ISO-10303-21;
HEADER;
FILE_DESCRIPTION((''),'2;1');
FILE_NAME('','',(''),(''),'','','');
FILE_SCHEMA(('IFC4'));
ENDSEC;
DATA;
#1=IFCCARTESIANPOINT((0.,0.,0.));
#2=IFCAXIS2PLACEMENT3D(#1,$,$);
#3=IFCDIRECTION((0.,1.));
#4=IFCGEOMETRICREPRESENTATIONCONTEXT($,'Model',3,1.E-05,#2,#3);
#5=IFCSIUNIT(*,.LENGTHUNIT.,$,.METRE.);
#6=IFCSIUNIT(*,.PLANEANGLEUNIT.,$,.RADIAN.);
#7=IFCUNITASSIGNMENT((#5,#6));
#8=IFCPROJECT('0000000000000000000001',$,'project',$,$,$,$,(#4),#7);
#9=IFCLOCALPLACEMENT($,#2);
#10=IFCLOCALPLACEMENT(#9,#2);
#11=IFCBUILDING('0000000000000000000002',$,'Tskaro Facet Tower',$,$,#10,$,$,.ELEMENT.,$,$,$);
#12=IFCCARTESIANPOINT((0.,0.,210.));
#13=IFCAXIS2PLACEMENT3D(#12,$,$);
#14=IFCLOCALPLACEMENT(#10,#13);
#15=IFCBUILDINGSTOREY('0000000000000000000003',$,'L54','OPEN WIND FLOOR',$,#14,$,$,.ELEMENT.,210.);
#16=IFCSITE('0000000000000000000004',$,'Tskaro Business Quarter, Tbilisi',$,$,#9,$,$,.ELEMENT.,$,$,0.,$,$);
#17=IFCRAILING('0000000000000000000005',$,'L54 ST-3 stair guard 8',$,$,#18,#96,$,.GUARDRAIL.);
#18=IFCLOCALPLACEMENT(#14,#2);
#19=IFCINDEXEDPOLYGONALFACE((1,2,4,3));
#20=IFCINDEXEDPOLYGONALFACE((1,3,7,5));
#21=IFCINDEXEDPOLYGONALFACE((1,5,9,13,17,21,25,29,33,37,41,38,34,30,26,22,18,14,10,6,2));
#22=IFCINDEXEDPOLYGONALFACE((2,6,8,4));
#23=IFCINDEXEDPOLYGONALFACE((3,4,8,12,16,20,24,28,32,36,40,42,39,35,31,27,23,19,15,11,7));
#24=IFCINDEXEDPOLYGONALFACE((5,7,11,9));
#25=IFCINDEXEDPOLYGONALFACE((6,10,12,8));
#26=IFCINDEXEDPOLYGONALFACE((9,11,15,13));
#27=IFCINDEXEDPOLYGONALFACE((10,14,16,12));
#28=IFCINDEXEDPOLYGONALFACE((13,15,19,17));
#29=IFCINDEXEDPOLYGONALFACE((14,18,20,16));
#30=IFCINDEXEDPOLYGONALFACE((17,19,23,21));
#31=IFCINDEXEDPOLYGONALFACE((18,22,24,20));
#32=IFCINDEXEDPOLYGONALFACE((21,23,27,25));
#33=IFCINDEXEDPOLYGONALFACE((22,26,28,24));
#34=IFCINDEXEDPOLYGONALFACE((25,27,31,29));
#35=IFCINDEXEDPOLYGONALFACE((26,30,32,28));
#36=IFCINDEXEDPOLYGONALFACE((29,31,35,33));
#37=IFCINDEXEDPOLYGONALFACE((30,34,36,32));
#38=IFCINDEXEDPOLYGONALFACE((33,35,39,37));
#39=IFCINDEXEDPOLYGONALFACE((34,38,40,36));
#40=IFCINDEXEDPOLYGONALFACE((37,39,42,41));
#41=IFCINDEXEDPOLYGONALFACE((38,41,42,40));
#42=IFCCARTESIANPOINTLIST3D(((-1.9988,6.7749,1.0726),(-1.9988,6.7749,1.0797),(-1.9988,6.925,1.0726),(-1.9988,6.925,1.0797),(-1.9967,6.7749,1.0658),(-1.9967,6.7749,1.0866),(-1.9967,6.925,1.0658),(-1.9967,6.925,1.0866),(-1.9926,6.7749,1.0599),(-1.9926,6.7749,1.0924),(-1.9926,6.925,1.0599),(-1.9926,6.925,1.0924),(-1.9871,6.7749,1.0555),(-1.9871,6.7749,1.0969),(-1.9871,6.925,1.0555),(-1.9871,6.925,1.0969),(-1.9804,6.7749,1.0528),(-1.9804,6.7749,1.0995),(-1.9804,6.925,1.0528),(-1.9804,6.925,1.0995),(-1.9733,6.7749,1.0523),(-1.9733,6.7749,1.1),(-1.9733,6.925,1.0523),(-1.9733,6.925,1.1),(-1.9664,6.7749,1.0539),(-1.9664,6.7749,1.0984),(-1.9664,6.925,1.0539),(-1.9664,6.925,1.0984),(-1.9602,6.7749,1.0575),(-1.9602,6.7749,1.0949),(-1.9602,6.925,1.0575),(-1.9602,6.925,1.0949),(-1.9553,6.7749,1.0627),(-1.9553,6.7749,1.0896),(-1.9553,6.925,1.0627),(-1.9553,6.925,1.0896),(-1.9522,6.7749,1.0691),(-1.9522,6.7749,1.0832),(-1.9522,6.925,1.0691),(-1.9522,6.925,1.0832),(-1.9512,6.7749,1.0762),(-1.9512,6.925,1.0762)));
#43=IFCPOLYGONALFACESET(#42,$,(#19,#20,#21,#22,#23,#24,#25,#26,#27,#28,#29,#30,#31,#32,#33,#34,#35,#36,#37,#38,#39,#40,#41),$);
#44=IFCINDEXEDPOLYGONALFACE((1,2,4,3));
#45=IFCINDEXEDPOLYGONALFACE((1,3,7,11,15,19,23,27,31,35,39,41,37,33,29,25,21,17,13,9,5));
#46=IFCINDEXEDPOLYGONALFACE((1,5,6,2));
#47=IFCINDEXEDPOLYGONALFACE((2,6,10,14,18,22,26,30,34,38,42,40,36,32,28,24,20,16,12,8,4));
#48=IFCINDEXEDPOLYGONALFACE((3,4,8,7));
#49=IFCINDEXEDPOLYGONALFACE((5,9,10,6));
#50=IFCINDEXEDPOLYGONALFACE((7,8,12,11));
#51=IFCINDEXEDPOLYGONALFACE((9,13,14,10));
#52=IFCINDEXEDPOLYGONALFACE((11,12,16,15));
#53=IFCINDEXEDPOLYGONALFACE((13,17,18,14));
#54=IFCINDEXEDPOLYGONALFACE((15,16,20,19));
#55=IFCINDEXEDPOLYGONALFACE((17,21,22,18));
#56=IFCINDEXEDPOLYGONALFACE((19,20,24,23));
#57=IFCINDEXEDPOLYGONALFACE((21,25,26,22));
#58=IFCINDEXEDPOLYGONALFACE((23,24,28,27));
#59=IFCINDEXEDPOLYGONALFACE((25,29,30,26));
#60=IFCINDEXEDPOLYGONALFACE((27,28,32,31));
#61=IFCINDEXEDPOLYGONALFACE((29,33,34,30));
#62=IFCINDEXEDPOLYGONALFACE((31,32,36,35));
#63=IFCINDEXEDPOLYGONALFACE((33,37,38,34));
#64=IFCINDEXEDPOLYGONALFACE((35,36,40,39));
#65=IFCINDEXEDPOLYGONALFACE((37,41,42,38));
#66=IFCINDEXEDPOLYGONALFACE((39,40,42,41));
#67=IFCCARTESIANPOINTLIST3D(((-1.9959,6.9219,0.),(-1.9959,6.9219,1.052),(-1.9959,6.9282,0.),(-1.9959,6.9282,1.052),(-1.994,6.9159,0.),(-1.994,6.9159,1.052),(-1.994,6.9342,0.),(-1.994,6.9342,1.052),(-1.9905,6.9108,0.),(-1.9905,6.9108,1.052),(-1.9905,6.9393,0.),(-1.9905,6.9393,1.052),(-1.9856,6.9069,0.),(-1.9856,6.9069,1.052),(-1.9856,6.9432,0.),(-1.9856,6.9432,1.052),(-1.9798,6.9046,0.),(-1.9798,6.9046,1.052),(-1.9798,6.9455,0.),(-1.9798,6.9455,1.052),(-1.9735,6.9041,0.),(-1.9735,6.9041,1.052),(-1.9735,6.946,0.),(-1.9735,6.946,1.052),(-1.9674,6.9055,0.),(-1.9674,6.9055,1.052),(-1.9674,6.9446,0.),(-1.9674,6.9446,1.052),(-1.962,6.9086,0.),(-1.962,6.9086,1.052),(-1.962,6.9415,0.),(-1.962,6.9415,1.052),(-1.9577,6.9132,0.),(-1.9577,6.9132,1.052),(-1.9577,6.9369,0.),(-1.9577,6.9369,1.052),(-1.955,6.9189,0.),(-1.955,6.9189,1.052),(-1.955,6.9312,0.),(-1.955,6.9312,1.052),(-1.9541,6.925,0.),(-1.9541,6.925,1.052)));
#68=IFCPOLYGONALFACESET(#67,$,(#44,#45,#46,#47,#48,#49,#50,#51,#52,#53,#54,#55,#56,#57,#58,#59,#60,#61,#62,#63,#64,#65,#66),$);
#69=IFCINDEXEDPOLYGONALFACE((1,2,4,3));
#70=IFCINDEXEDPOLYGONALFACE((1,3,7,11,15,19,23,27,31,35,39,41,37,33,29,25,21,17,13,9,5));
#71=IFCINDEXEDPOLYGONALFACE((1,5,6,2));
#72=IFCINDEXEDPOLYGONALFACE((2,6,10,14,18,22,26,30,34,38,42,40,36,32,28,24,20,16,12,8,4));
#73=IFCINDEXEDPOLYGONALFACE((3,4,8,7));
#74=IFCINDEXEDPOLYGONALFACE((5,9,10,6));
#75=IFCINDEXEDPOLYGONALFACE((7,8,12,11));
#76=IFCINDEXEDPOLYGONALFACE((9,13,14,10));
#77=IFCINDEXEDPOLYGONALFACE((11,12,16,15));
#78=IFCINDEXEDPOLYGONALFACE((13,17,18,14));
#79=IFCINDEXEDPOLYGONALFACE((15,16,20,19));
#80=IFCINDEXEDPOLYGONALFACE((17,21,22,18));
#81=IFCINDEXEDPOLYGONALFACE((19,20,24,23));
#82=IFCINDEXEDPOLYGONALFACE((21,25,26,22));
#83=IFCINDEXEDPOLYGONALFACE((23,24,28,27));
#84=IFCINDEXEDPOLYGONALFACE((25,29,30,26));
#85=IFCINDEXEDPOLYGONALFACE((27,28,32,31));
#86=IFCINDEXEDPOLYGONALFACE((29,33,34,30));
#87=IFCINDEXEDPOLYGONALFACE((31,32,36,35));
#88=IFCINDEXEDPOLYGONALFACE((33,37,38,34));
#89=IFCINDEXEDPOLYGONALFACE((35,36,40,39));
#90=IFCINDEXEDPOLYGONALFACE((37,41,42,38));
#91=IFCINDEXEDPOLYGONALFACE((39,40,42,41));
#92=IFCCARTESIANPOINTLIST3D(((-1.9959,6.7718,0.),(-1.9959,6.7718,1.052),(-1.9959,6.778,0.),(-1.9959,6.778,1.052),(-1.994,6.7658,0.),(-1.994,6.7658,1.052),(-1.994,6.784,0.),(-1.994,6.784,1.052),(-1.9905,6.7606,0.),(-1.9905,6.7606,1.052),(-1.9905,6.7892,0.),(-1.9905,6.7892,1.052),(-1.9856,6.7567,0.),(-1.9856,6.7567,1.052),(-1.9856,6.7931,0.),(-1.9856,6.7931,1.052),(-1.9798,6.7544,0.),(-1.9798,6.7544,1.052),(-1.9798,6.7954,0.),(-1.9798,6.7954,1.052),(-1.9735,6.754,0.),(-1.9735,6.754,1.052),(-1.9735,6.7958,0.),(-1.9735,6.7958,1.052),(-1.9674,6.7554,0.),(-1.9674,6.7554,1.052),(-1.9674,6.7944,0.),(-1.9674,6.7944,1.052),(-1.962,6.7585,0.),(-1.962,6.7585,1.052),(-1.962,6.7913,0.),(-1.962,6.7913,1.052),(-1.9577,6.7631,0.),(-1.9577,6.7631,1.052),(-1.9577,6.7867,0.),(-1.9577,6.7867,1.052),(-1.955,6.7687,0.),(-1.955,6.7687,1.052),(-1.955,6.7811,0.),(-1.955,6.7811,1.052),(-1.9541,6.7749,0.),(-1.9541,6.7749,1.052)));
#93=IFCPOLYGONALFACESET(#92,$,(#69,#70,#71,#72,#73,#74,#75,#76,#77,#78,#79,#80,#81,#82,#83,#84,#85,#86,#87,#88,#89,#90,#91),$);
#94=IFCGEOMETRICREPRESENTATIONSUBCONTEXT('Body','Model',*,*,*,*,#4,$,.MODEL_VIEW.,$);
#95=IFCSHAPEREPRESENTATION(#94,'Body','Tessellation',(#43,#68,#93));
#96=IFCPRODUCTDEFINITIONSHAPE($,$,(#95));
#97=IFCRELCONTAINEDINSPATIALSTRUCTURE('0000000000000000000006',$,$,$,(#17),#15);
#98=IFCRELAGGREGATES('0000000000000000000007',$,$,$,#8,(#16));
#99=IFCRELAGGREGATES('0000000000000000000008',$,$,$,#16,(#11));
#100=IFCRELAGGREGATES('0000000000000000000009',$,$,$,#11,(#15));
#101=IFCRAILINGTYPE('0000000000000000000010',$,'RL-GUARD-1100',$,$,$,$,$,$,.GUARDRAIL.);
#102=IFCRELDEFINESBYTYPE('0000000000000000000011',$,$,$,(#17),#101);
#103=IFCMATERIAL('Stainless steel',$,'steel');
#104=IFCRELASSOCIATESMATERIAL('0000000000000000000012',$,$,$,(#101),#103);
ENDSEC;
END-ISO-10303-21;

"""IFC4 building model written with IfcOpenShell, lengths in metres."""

from ifc_helpers import new_model, si_unit, direction, frame, origin, origin_2d, place, context, subcontext, project, spatial, circle, extrude, material, type_object, element, save


model = new_model("IFC4")

# Units and contexts
model_context = context("Model", 3, precision=1e-05, world=origin(), true_north=direction((0.0, 1.0)))
body_context = subcontext(model_context, "Body", "Model", "MODEL_VIEW")
ifc_project = project(units=[si_unit("LENGTHUNIT", "METRE"), si_unit("PLANEANGLEUNIT", "RADIAN")], contexts=[model_context])

# Site, building, storey
site_placement = place(None, origin())
site = spatial("IfcSite", under=ifc_project, at=site_placement, Name="Tskaro Business Quarter, Tbilisi", CompositionType="ELEMENT", RefElevation=0.0)
building_placement = place(site_placement, origin())
building = spatial("IfcBuilding", under=site, at=building_placement, Name="Tskaro Facet Tower", CompositionType="ELEMENT")
storey_placement = place(building_placement, frame((0.0, 0.0, 210.0)))
storey = spatial("IfcBuildingStorey", under=building, at=storey_placement, Name="L54", Description="OPEN WIND FLOOR", CompositionType="ELEMENT", Elevation=210.0)

# Railing
ifc_material_1 = material(Name="Stainless steel", Category="steel")
railing_type_1 = type_object("IfcRailingType", Name="RL-GUARD-1100", PredefinedType="GUARDRAIL", material=ifc_material_1)
railing_1_placement = place(storey_placement, frame((-1.9751, 6.925, 0.0)))
element("IfcRailing", 1, at=railing_1_placement, inside=storey, type_object=railing_type_1, Name="L54 ST-3 stair guard 8", PredefinedType="GUARDRAIL", context=body_context, shape_type="SweptSolid", body=[
    extrude(circle(Radius=0.0239, at=origin_2d()), frame((0.0, 0.0, 1.0762), z_axis=(0.0, -1.0, 0.0), x_axis=(1.0, 0.0, 0.0)), (0.0, 0.0, 1.0), 0.1501),
    extrude(circle(Radius=0.021, at=origin_2d()), origin(), (0.0, 0.0, 1.0), 1.052),
    extrude(circle(Radius=0.021, at=origin_2d()), frame((0.0, -0.1501, 0.0)), (0.0, 0.0, 1.0), 1.052),
])

save(model, "model.ifc")
